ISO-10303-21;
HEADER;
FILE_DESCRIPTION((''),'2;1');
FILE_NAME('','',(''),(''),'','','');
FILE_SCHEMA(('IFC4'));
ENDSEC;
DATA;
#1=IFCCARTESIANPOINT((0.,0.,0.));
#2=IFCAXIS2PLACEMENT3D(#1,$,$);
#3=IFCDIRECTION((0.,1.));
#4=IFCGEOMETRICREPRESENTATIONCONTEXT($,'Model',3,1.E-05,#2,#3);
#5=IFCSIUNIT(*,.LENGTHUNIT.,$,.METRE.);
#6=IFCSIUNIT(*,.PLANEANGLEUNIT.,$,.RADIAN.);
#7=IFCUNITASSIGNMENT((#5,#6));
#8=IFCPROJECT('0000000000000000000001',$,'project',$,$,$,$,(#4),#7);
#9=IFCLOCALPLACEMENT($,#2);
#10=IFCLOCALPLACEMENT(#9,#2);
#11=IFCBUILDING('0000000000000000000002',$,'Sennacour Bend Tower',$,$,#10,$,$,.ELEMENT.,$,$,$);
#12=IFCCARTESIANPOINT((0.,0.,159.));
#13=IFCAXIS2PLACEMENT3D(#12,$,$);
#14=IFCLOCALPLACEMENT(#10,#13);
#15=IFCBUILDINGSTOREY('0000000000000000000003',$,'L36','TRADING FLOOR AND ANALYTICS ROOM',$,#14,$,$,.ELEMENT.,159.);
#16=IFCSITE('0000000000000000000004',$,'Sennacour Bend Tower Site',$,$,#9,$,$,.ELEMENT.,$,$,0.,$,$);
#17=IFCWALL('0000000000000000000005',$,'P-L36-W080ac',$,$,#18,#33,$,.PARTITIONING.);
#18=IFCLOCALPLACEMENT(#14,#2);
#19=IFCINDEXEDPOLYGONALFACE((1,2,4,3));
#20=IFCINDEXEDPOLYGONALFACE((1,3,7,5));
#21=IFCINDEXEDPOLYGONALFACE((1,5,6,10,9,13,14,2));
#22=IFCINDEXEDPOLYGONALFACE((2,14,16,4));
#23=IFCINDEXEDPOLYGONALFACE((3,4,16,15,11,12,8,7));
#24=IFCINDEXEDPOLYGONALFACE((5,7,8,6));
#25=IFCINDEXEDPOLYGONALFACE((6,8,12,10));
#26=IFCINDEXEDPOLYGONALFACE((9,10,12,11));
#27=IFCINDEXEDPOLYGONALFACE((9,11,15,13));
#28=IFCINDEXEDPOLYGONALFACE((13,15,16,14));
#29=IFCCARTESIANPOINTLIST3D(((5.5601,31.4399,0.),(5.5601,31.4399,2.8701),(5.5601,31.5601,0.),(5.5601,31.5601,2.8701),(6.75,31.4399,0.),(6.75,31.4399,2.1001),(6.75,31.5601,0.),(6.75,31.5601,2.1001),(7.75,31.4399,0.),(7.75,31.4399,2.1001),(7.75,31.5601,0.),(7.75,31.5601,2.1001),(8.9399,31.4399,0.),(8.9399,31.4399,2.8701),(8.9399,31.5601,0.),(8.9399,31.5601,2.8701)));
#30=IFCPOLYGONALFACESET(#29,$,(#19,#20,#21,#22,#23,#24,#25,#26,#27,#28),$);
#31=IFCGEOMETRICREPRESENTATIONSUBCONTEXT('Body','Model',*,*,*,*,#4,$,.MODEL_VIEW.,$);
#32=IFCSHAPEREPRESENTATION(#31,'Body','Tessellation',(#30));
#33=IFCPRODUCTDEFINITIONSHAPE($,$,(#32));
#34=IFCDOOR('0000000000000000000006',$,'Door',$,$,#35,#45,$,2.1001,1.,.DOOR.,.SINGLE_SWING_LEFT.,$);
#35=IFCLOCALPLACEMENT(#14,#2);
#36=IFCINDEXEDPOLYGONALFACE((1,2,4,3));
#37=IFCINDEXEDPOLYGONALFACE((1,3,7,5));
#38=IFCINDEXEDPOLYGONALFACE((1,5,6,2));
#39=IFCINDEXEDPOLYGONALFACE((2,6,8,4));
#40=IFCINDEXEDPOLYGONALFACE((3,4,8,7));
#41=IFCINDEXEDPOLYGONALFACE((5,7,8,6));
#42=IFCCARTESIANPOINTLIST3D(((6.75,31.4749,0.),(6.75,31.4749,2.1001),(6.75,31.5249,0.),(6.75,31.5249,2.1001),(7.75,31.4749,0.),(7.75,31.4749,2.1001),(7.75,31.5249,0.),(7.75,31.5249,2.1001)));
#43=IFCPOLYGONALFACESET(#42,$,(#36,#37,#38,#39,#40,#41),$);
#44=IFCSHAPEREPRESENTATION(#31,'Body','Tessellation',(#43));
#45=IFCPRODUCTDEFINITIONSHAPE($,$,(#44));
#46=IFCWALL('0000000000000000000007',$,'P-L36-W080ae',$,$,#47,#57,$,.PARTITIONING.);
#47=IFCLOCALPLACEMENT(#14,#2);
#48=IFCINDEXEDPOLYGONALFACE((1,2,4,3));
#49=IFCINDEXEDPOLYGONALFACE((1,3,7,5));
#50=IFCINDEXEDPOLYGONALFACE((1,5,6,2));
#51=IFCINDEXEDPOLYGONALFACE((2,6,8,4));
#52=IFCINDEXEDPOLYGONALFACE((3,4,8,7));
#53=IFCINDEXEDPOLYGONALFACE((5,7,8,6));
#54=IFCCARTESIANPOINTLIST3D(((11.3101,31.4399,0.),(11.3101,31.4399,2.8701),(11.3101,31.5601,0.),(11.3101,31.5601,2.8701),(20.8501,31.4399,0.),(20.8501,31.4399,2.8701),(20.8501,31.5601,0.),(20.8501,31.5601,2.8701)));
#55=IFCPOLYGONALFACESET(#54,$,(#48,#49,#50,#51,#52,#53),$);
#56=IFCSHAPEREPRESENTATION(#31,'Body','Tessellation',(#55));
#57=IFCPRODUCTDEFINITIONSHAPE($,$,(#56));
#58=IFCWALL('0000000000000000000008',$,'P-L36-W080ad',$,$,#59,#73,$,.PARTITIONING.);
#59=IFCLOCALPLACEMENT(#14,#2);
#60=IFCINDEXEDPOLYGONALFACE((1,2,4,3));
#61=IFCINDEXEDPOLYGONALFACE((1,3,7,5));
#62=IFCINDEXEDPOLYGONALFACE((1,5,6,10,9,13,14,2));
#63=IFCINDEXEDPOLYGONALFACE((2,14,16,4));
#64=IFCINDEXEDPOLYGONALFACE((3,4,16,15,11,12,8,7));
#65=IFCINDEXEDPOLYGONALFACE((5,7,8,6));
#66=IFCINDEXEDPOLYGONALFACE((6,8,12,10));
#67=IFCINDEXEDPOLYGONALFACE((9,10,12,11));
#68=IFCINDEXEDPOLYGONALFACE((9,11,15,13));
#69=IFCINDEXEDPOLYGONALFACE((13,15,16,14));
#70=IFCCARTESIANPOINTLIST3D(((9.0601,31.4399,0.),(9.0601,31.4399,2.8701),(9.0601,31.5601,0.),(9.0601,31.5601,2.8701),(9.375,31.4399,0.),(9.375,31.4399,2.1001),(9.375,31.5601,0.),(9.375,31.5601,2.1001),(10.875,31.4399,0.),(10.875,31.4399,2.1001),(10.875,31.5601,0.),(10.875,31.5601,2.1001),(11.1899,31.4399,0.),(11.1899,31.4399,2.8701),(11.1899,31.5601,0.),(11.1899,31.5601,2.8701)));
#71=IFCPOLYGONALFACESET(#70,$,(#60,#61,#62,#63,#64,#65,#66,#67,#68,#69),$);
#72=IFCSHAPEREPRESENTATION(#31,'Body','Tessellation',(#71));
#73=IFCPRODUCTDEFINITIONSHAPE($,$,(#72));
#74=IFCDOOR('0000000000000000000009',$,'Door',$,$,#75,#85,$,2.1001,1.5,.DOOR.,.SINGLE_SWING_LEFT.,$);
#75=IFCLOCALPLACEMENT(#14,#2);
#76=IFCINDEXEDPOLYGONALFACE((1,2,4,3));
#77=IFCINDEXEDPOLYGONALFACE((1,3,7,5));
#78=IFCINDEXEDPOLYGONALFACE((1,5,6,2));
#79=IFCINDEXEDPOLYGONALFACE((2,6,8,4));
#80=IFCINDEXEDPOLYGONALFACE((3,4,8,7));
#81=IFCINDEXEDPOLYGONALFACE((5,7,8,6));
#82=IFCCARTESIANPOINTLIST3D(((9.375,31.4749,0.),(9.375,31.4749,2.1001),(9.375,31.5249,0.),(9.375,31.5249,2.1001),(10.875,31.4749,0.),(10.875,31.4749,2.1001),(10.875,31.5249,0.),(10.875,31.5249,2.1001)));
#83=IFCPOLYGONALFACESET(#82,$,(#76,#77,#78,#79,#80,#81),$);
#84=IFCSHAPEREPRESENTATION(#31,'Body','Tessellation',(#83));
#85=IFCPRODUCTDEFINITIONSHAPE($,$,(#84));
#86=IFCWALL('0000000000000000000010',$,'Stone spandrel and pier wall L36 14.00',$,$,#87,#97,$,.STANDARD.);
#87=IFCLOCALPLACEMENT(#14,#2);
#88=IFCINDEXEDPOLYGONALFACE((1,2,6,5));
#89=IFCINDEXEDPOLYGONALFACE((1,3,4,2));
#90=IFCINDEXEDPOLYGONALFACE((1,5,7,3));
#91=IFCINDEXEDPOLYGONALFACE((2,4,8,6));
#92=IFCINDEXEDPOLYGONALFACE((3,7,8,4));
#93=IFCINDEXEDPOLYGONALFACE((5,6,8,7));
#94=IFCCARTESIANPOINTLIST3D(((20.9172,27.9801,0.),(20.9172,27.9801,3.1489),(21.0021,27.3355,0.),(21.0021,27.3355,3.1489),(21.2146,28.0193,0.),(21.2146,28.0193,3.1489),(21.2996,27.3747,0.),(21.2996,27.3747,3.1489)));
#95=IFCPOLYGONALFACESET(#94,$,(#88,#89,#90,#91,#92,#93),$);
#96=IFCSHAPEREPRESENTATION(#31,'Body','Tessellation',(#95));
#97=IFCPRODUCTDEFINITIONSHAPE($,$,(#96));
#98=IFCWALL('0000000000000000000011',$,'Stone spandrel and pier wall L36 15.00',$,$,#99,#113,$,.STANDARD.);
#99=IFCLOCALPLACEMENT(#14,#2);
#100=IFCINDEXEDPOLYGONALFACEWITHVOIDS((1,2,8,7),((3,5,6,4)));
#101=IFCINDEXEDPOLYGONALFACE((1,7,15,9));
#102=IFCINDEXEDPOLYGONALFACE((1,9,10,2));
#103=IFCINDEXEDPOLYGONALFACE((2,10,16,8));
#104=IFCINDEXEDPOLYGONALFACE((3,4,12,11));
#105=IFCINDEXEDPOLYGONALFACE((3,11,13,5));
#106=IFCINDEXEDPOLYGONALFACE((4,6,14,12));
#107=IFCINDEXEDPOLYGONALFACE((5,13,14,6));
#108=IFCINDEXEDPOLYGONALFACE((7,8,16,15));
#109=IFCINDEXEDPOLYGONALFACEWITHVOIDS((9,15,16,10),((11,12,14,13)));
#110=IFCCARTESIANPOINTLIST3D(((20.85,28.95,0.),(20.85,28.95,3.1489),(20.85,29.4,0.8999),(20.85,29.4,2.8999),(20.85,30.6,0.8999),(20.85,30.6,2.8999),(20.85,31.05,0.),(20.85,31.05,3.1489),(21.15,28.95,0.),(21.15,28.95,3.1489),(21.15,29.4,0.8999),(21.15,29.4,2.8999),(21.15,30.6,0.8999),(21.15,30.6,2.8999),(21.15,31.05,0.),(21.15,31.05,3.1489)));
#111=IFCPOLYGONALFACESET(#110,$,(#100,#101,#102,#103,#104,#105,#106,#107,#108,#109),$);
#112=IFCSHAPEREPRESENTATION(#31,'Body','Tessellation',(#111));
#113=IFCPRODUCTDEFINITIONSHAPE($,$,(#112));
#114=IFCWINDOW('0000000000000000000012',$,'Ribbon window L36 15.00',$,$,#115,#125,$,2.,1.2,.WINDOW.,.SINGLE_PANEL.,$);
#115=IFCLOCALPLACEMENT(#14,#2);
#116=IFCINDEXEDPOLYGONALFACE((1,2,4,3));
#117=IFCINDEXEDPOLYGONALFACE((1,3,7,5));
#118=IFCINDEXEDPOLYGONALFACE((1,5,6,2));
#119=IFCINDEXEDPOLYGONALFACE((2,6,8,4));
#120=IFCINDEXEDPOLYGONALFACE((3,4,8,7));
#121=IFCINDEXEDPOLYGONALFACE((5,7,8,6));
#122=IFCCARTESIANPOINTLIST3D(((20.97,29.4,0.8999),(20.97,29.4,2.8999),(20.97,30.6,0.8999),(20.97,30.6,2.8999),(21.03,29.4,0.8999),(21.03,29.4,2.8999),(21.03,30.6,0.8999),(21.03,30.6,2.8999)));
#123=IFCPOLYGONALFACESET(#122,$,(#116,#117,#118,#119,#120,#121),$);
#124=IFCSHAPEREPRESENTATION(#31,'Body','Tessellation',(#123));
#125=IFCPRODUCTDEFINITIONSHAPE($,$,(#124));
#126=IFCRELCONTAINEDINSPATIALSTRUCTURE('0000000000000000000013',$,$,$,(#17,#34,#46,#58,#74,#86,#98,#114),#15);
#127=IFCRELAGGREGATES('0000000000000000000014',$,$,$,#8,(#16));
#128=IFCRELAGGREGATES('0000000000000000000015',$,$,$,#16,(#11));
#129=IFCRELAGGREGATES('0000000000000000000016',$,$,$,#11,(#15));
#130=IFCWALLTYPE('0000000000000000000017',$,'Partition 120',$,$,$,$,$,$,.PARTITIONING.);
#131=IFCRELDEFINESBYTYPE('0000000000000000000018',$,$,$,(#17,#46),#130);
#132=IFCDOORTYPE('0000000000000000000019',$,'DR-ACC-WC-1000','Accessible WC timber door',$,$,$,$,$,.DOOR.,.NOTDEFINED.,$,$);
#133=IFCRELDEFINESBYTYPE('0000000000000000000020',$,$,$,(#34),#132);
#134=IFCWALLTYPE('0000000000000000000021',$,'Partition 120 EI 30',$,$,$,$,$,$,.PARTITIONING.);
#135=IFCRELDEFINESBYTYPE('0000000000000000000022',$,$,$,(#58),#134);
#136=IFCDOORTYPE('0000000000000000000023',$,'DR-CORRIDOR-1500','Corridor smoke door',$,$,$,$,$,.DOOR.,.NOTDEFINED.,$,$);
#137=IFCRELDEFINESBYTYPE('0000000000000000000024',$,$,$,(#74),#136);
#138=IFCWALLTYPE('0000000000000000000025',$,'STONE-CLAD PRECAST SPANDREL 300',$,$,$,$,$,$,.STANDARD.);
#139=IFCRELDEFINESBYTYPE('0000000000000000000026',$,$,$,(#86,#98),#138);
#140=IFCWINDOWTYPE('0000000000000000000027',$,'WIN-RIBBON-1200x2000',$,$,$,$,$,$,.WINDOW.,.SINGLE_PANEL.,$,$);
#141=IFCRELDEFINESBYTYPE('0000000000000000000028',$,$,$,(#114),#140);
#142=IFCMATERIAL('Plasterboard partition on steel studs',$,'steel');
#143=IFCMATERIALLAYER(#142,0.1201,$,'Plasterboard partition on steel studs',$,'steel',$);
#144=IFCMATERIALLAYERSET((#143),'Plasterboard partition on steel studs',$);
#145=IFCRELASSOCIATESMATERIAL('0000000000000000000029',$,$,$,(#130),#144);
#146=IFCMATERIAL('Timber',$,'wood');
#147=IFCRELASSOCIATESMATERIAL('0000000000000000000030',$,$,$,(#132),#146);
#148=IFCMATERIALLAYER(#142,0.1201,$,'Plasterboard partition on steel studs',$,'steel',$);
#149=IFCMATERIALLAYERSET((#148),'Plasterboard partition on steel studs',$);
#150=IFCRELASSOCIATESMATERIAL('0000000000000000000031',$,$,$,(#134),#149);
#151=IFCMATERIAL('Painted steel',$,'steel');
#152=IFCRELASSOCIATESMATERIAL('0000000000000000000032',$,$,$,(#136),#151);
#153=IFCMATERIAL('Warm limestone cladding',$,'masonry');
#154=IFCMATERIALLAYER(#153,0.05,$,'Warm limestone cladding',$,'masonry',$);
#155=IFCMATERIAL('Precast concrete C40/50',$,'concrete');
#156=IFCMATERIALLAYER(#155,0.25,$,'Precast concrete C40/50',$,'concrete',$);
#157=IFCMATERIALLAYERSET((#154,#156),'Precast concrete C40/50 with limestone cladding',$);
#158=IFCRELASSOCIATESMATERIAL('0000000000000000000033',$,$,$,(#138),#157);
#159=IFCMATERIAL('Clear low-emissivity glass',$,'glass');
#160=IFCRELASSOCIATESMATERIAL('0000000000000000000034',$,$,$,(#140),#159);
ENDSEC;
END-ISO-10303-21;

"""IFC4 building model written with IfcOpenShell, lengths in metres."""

from ifc_helpers import new_model, si_unit, direction, frame, frame_2d, origin, place, context, subcontext, project, spatial, rectangle, extrude, material, layer, layer_set, type_object, element, fill, save


model = new_model("IFC4")

# Units and contexts
model_context = context("Model", 3, precision=1e-05, world=origin(), true_north=direction((0.0, 1.0)))
body_context = subcontext(model_context, "Body", "Model", "MODEL_VIEW")
ifc_project = project(units=[si_unit("LENGTHUNIT", "METRE"), si_unit("PLANEANGLEUNIT", "RADIAN")], contexts=[model_context])

# Site, building, storey
site_placement = place(None, origin())
site = spatial("IfcSite", under=ifc_project, at=site_placement, Name="Sennacour Bend Tower Site", CompositionType="ELEMENT", RefElevation=0.0)
building_placement = place(site_placement, origin())
building = spatial("IfcBuilding", under=site, at=building_placement, Name="Sennacour Bend Tower", CompositionType="ELEMENT")
storey_placement = place(building_placement, frame((0.0, 0.0, 159.0)))
storey = spatial("IfcBuildingStorey", under=building, at=storey_placement, Name="L36", Description="TRADING FLOOR AND ANALYTICS ROOM", CompositionType="ELEMENT", Elevation=159.0)

# Shared definitions
ifc_material_1 = material(Name="Plasterboard partition on steel studs", Category="steel")
ifc_layer_1 = layer(ifc_material_1, 0.1201, Name="Plasterboard partition on steel studs", Category="steel")
ifc_layer_set_1 = layer_set([ifc_layer_1], Name="Plasterboard partition on steel studs")
wall_type_1 = type_object("IfcWallType", Name="Partition 120", PredefinedType="PARTITIONING", material=ifc_layer_set_1)

# Wall, opening, door
wall_1_placement = place(storey_placement, frame((5.5601, 31.5, 0.0), z_axis=(0.0, 0.0, 1.0), x_axis=(1.0, 0.0, 0.0)))
wall_1 = element("IfcWall", 1, at=wall_1_placement, inside=storey, type_object=wall_type_1, Name="P-L36-W080ac", PredefinedType="PARTITIONING", context=body_context, shape_type="SweptSolid", body=[
    extrude(rectangle(XDim=3.3799, YDim=0.1201, at=frame_2d((1.6899, 0.0))), origin(), (0.0, 0.0, 1.0), 2.8701),
])
opening_1_placement = place(wall_1_placement, frame((1.1899, 0.0, 0.0)))
opening_1 = element("IfcOpeningElement", 2, at=opening_1_placement, cuts=wall_1, PredefinedType="OPENING", context=body_context, shape_type="SweptSolid", body=[
    extrude(rectangle(XDim=1.0, YDim=2.1001, at=frame_2d((0.5, 1.05))), frame((0.0, 0.0701, 0.0), z_axis=(0.0, -1.0, 0.0), x_axis=(1.0, 0.0, 0.0)), (0.0, 0.0, 1.0), 0.1401),
])
ifc_material_2 = material(Name="Timber", Category="wood")
door_type_1 = type_object("IfcDoorType", Name="DR-ACC-WC-1000", Description="Accessible WC timber door", OperationType="NOTDEFINED", PredefinedType="DOOR", material=ifc_material_2)
door_1_placement = place(opening_1_placement, origin())
door_1 = element("IfcDoor", 3, at=door_1_placement, inside=storey, type_object=door_type_1, Name="Door", OperationType="SINGLE_SWING_LEFT", OverallHeight=2.1001, OverallWidth=1.0, PredefinedType="DOOR", context=body_context, shape_type="SweptSolid", body=[
    extrude(rectangle(XDim=1.0, YDim=2.1001, at=frame_2d((0.5, 1.05))), frame((0.0, 0.0249, 0.0), z_axis=(0.0, -1.0, 0.0), x_axis=(1.0, 0.0, 0.0)), (0.0, 0.0, 1.0), 0.05),
])
fill(opening_1, door_1)

# Wall
wall_2_placement = place(storey_placement, frame((11.3101, 31.5, 0.0), z_axis=(0.0, 0.0, 1.0), x_axis=(1.0, 0.0, 0.0)))
element("IfcWall", 4, at=wall_2_placement, inside=storey, type_object=wall_type_1, Name="P-L36-W080ae", PredefinedType="PARTITIONING", context=body_context, shape_type="SweptSolid", body=[
    extrude(rectangle(XDim=9.54, YDim=0.1201, at=frame_2d((4.77, 0.0))), origin(), (0.0, 0.0, 1.0), 2.8701),
])

# Wall, opening, door
ifc_layer_2 = layer(ifc_material_1, 0.1201, Name="Plasterboard partition on steel studs", Category="steel")
ifc_layer_set_2 = layer_set([ifc_layer_2], Name="Plasterboard partition on steel studs")
wall_type_2 = type_object("IfcWallType", Name="Partition 120 EI 30", PredefinedType="PARTITIONING", material=ifc_layer_set_2)
wall_3_placement = place(storey_placement, frame((9.0601, 31.5, 0.0), z_axis=(0.0, 0.0, 1.0), x_axis=(1.0, 0.0, 0.0)))
wall_3 = element("IfcWall", 5, at=wall_3_placement, inside=storey, type_object=wall_type_2, Name="P-L36-W080ad", PredefinedType="PARTITIONING", context=body_context, shape_type="SweptSolid", body=[
    extrude(rectangle(XDim=2.1299, YDim=0.1201, at=frame_2d((1.0649, 0.0))), origin(), (0.0, 0.0, 1.0), 2.8701),
])
opening_2_placement = place(wall_3_placement, frame((0.3149, 0.0, 0.0)))
opening_2 = element("IfcOpeningElement", 6, at=opening_2_placement, cuts=wall_3, PredefinedType="OPENING", context=body_context, shape_type="SweptSolid", body=[
    extrude(rectangle(XDim=1.5, YDim=2.1001, at=frame_2d((0.75, 1.05))), frame((0.0, 0.0701, 0.0), z_axis=(0.0, -1.0, 0.0), x_axis=(1.0, 0.0, 0.0)), (0.0, 0.0, 1.0), 0.1401),
])
ifc_material_3 = material(Name="Painted steel", Category="steel")
door_type_2 = type_object("IfcDoorType", Name="DR-CORRIDOR-1500", Description="Corridor smoke door", OperationType="NOTDEFINED", PredefinedType="DOOR", material=ifc_material_3)
door_2_placement = place(opening_2_placement, origin())
door_2 = element("IfcDoor", 7, at=door_2_placement, inside=storey, type_object=door_type_2, Name="Door", OperationType="SINGLE_SWING_LEFT", OverallHeight=2.1001, OverallWidth=1.5, PredefinedType="DOOR", context=body_context, shape_type="SweptSolid", body=[
    extrude(rectangle(XDim=1.5, YDim=2.1001, at=frame_2d((0.75, 1.05))), frame((0.0, 0.0249, 0.0), z_axis=(0.0, -1.0, 0.0), x_axis=(1.0, 0.0, 0.0)), (0.0, 0.0, 1.0), 0.05),
])
fill(opening_2, door_2)

# Wall
ifc_material_4 = material(Name="Warm limestone cladding", Category="masonry")
ifc_layer_3 = layer(ifc_material_4, 0.05, Name="Warm limestone cladding", Category="masonry")
ifc_material_5 = material(Name="Precast concrete C40/50", Category="concrete")
ifc_layer_4 = layer(ifc_material_5, 0.25, Name="Precast concrete C40/50", Category="concrete")
ifc_layer_set_3 = layer_set([ifc_layer_3, ifc_layer_4], Name="Precast concrete C40/50 with limestone cladding")
wall_type_3 = type_object("IfcWallType", Name="STONE-CLAD PRECAST SPANDREL 300", PredefinedType="STANDARD", material=ifc_layer_set_3)
wall_4_placement = place(storey_placement, frame((21.1509, 27.355, 0.0), z_axis=(0.0, 0.0, 1.0), x_axis=(-0.130688, 0.991424, 0.0)))
element("IfcWall", 8, at=wall_4_placement, inside=storey, type_object=wall_type_3, Name="Stone spandrel and pier wall L36 14.00", PredefinedType="STANDARD", context=body_context, shape_type="SweptSolid", body=[
    extrude(rectangle(XDim=0.6501, YDim=0.3, at=frame_2d((0.3252, 0.0))), origin(), (0.0, 0.0, 1.0), 3.1489),
])

# Wall, opening, window
wall_5_placement = place(storey_placement, frame((21.0, 28.95, 0.0), z_axis=(0.0, 0.0, 1.0), x_axis=(0.0, 1.0, 0.0)))
wall_5 = element("IfcWall", 9, at=wall_5_placement, inside=storey, type_object=wall_type_3, Name="Stone spandrel and pier wall L36 15.00", PredefinedType="STANDARD", context=body_context, shape_type="SweptSolid", body=[
    extrude(rectangle(XDim=2.1001, YDim=0.3, at=frame_2d((1.05, 0.0))), origin(), (0.0, 0.0, 1.0), 3.1489),
])
opening_3_placement = place(wall_5_placement, frame((0.45, 0.0, 0.8999)))
opening_3 = element("IfcOpeningElement", 10, at=opening_3_placement, cuts=wall_5, PredefinedType="OPENING", context=body_context, shape_type="SweptSolid", body=[
    extrude(rectangle(XDim=1.2, YDim=2.0, at=frame_2d((0.6001, 1.0))), frame((0.0, 0.1602, 0.0), z_axis=(0.0, -1.0, 0.0), x_axis=(1.0, 0.0, 0.0)), (0.0, 0.0, 1.0), 0.3201),
])
ifc_material_6 = material(Name="Clear low-emissivity glass", Category="glass")
window_type_1 = type_object("IfcWindowType", Name="WIN-RIBBON-1200x2000", PartitioningType="SINGLE_PANEL", PredefinedType="WINDOW", material=ifc_material_6)
window_1_placement = place(opening_3_placement, origin())
window_1 = element("IfcWindow", 11, at=window_1_placement, inside=storey, type_object=window_type_1, Name="Ribbon window L36 15.00", OverallHeight=2.0, OverallWidth=1.2, PartitioningType="SINGLE_PANEL", PredefinedType="WINDOW", context=body_context, shape_type="SweptSolid", body=[
    extrude(rectangle(XDim=1.2, YDim=2.0, at=frame_2d((0.6001, 1.0))), frame((0.0, 0.03, 0.0), z_axis=(0.0, -1.0, 0.0), x_axis=(1.0, 0.0, 0.0)), (0.0, 0.0, 1.0), 0.0601),
])
fill(opening_3, window_1)

save(model, "model.ifc")
